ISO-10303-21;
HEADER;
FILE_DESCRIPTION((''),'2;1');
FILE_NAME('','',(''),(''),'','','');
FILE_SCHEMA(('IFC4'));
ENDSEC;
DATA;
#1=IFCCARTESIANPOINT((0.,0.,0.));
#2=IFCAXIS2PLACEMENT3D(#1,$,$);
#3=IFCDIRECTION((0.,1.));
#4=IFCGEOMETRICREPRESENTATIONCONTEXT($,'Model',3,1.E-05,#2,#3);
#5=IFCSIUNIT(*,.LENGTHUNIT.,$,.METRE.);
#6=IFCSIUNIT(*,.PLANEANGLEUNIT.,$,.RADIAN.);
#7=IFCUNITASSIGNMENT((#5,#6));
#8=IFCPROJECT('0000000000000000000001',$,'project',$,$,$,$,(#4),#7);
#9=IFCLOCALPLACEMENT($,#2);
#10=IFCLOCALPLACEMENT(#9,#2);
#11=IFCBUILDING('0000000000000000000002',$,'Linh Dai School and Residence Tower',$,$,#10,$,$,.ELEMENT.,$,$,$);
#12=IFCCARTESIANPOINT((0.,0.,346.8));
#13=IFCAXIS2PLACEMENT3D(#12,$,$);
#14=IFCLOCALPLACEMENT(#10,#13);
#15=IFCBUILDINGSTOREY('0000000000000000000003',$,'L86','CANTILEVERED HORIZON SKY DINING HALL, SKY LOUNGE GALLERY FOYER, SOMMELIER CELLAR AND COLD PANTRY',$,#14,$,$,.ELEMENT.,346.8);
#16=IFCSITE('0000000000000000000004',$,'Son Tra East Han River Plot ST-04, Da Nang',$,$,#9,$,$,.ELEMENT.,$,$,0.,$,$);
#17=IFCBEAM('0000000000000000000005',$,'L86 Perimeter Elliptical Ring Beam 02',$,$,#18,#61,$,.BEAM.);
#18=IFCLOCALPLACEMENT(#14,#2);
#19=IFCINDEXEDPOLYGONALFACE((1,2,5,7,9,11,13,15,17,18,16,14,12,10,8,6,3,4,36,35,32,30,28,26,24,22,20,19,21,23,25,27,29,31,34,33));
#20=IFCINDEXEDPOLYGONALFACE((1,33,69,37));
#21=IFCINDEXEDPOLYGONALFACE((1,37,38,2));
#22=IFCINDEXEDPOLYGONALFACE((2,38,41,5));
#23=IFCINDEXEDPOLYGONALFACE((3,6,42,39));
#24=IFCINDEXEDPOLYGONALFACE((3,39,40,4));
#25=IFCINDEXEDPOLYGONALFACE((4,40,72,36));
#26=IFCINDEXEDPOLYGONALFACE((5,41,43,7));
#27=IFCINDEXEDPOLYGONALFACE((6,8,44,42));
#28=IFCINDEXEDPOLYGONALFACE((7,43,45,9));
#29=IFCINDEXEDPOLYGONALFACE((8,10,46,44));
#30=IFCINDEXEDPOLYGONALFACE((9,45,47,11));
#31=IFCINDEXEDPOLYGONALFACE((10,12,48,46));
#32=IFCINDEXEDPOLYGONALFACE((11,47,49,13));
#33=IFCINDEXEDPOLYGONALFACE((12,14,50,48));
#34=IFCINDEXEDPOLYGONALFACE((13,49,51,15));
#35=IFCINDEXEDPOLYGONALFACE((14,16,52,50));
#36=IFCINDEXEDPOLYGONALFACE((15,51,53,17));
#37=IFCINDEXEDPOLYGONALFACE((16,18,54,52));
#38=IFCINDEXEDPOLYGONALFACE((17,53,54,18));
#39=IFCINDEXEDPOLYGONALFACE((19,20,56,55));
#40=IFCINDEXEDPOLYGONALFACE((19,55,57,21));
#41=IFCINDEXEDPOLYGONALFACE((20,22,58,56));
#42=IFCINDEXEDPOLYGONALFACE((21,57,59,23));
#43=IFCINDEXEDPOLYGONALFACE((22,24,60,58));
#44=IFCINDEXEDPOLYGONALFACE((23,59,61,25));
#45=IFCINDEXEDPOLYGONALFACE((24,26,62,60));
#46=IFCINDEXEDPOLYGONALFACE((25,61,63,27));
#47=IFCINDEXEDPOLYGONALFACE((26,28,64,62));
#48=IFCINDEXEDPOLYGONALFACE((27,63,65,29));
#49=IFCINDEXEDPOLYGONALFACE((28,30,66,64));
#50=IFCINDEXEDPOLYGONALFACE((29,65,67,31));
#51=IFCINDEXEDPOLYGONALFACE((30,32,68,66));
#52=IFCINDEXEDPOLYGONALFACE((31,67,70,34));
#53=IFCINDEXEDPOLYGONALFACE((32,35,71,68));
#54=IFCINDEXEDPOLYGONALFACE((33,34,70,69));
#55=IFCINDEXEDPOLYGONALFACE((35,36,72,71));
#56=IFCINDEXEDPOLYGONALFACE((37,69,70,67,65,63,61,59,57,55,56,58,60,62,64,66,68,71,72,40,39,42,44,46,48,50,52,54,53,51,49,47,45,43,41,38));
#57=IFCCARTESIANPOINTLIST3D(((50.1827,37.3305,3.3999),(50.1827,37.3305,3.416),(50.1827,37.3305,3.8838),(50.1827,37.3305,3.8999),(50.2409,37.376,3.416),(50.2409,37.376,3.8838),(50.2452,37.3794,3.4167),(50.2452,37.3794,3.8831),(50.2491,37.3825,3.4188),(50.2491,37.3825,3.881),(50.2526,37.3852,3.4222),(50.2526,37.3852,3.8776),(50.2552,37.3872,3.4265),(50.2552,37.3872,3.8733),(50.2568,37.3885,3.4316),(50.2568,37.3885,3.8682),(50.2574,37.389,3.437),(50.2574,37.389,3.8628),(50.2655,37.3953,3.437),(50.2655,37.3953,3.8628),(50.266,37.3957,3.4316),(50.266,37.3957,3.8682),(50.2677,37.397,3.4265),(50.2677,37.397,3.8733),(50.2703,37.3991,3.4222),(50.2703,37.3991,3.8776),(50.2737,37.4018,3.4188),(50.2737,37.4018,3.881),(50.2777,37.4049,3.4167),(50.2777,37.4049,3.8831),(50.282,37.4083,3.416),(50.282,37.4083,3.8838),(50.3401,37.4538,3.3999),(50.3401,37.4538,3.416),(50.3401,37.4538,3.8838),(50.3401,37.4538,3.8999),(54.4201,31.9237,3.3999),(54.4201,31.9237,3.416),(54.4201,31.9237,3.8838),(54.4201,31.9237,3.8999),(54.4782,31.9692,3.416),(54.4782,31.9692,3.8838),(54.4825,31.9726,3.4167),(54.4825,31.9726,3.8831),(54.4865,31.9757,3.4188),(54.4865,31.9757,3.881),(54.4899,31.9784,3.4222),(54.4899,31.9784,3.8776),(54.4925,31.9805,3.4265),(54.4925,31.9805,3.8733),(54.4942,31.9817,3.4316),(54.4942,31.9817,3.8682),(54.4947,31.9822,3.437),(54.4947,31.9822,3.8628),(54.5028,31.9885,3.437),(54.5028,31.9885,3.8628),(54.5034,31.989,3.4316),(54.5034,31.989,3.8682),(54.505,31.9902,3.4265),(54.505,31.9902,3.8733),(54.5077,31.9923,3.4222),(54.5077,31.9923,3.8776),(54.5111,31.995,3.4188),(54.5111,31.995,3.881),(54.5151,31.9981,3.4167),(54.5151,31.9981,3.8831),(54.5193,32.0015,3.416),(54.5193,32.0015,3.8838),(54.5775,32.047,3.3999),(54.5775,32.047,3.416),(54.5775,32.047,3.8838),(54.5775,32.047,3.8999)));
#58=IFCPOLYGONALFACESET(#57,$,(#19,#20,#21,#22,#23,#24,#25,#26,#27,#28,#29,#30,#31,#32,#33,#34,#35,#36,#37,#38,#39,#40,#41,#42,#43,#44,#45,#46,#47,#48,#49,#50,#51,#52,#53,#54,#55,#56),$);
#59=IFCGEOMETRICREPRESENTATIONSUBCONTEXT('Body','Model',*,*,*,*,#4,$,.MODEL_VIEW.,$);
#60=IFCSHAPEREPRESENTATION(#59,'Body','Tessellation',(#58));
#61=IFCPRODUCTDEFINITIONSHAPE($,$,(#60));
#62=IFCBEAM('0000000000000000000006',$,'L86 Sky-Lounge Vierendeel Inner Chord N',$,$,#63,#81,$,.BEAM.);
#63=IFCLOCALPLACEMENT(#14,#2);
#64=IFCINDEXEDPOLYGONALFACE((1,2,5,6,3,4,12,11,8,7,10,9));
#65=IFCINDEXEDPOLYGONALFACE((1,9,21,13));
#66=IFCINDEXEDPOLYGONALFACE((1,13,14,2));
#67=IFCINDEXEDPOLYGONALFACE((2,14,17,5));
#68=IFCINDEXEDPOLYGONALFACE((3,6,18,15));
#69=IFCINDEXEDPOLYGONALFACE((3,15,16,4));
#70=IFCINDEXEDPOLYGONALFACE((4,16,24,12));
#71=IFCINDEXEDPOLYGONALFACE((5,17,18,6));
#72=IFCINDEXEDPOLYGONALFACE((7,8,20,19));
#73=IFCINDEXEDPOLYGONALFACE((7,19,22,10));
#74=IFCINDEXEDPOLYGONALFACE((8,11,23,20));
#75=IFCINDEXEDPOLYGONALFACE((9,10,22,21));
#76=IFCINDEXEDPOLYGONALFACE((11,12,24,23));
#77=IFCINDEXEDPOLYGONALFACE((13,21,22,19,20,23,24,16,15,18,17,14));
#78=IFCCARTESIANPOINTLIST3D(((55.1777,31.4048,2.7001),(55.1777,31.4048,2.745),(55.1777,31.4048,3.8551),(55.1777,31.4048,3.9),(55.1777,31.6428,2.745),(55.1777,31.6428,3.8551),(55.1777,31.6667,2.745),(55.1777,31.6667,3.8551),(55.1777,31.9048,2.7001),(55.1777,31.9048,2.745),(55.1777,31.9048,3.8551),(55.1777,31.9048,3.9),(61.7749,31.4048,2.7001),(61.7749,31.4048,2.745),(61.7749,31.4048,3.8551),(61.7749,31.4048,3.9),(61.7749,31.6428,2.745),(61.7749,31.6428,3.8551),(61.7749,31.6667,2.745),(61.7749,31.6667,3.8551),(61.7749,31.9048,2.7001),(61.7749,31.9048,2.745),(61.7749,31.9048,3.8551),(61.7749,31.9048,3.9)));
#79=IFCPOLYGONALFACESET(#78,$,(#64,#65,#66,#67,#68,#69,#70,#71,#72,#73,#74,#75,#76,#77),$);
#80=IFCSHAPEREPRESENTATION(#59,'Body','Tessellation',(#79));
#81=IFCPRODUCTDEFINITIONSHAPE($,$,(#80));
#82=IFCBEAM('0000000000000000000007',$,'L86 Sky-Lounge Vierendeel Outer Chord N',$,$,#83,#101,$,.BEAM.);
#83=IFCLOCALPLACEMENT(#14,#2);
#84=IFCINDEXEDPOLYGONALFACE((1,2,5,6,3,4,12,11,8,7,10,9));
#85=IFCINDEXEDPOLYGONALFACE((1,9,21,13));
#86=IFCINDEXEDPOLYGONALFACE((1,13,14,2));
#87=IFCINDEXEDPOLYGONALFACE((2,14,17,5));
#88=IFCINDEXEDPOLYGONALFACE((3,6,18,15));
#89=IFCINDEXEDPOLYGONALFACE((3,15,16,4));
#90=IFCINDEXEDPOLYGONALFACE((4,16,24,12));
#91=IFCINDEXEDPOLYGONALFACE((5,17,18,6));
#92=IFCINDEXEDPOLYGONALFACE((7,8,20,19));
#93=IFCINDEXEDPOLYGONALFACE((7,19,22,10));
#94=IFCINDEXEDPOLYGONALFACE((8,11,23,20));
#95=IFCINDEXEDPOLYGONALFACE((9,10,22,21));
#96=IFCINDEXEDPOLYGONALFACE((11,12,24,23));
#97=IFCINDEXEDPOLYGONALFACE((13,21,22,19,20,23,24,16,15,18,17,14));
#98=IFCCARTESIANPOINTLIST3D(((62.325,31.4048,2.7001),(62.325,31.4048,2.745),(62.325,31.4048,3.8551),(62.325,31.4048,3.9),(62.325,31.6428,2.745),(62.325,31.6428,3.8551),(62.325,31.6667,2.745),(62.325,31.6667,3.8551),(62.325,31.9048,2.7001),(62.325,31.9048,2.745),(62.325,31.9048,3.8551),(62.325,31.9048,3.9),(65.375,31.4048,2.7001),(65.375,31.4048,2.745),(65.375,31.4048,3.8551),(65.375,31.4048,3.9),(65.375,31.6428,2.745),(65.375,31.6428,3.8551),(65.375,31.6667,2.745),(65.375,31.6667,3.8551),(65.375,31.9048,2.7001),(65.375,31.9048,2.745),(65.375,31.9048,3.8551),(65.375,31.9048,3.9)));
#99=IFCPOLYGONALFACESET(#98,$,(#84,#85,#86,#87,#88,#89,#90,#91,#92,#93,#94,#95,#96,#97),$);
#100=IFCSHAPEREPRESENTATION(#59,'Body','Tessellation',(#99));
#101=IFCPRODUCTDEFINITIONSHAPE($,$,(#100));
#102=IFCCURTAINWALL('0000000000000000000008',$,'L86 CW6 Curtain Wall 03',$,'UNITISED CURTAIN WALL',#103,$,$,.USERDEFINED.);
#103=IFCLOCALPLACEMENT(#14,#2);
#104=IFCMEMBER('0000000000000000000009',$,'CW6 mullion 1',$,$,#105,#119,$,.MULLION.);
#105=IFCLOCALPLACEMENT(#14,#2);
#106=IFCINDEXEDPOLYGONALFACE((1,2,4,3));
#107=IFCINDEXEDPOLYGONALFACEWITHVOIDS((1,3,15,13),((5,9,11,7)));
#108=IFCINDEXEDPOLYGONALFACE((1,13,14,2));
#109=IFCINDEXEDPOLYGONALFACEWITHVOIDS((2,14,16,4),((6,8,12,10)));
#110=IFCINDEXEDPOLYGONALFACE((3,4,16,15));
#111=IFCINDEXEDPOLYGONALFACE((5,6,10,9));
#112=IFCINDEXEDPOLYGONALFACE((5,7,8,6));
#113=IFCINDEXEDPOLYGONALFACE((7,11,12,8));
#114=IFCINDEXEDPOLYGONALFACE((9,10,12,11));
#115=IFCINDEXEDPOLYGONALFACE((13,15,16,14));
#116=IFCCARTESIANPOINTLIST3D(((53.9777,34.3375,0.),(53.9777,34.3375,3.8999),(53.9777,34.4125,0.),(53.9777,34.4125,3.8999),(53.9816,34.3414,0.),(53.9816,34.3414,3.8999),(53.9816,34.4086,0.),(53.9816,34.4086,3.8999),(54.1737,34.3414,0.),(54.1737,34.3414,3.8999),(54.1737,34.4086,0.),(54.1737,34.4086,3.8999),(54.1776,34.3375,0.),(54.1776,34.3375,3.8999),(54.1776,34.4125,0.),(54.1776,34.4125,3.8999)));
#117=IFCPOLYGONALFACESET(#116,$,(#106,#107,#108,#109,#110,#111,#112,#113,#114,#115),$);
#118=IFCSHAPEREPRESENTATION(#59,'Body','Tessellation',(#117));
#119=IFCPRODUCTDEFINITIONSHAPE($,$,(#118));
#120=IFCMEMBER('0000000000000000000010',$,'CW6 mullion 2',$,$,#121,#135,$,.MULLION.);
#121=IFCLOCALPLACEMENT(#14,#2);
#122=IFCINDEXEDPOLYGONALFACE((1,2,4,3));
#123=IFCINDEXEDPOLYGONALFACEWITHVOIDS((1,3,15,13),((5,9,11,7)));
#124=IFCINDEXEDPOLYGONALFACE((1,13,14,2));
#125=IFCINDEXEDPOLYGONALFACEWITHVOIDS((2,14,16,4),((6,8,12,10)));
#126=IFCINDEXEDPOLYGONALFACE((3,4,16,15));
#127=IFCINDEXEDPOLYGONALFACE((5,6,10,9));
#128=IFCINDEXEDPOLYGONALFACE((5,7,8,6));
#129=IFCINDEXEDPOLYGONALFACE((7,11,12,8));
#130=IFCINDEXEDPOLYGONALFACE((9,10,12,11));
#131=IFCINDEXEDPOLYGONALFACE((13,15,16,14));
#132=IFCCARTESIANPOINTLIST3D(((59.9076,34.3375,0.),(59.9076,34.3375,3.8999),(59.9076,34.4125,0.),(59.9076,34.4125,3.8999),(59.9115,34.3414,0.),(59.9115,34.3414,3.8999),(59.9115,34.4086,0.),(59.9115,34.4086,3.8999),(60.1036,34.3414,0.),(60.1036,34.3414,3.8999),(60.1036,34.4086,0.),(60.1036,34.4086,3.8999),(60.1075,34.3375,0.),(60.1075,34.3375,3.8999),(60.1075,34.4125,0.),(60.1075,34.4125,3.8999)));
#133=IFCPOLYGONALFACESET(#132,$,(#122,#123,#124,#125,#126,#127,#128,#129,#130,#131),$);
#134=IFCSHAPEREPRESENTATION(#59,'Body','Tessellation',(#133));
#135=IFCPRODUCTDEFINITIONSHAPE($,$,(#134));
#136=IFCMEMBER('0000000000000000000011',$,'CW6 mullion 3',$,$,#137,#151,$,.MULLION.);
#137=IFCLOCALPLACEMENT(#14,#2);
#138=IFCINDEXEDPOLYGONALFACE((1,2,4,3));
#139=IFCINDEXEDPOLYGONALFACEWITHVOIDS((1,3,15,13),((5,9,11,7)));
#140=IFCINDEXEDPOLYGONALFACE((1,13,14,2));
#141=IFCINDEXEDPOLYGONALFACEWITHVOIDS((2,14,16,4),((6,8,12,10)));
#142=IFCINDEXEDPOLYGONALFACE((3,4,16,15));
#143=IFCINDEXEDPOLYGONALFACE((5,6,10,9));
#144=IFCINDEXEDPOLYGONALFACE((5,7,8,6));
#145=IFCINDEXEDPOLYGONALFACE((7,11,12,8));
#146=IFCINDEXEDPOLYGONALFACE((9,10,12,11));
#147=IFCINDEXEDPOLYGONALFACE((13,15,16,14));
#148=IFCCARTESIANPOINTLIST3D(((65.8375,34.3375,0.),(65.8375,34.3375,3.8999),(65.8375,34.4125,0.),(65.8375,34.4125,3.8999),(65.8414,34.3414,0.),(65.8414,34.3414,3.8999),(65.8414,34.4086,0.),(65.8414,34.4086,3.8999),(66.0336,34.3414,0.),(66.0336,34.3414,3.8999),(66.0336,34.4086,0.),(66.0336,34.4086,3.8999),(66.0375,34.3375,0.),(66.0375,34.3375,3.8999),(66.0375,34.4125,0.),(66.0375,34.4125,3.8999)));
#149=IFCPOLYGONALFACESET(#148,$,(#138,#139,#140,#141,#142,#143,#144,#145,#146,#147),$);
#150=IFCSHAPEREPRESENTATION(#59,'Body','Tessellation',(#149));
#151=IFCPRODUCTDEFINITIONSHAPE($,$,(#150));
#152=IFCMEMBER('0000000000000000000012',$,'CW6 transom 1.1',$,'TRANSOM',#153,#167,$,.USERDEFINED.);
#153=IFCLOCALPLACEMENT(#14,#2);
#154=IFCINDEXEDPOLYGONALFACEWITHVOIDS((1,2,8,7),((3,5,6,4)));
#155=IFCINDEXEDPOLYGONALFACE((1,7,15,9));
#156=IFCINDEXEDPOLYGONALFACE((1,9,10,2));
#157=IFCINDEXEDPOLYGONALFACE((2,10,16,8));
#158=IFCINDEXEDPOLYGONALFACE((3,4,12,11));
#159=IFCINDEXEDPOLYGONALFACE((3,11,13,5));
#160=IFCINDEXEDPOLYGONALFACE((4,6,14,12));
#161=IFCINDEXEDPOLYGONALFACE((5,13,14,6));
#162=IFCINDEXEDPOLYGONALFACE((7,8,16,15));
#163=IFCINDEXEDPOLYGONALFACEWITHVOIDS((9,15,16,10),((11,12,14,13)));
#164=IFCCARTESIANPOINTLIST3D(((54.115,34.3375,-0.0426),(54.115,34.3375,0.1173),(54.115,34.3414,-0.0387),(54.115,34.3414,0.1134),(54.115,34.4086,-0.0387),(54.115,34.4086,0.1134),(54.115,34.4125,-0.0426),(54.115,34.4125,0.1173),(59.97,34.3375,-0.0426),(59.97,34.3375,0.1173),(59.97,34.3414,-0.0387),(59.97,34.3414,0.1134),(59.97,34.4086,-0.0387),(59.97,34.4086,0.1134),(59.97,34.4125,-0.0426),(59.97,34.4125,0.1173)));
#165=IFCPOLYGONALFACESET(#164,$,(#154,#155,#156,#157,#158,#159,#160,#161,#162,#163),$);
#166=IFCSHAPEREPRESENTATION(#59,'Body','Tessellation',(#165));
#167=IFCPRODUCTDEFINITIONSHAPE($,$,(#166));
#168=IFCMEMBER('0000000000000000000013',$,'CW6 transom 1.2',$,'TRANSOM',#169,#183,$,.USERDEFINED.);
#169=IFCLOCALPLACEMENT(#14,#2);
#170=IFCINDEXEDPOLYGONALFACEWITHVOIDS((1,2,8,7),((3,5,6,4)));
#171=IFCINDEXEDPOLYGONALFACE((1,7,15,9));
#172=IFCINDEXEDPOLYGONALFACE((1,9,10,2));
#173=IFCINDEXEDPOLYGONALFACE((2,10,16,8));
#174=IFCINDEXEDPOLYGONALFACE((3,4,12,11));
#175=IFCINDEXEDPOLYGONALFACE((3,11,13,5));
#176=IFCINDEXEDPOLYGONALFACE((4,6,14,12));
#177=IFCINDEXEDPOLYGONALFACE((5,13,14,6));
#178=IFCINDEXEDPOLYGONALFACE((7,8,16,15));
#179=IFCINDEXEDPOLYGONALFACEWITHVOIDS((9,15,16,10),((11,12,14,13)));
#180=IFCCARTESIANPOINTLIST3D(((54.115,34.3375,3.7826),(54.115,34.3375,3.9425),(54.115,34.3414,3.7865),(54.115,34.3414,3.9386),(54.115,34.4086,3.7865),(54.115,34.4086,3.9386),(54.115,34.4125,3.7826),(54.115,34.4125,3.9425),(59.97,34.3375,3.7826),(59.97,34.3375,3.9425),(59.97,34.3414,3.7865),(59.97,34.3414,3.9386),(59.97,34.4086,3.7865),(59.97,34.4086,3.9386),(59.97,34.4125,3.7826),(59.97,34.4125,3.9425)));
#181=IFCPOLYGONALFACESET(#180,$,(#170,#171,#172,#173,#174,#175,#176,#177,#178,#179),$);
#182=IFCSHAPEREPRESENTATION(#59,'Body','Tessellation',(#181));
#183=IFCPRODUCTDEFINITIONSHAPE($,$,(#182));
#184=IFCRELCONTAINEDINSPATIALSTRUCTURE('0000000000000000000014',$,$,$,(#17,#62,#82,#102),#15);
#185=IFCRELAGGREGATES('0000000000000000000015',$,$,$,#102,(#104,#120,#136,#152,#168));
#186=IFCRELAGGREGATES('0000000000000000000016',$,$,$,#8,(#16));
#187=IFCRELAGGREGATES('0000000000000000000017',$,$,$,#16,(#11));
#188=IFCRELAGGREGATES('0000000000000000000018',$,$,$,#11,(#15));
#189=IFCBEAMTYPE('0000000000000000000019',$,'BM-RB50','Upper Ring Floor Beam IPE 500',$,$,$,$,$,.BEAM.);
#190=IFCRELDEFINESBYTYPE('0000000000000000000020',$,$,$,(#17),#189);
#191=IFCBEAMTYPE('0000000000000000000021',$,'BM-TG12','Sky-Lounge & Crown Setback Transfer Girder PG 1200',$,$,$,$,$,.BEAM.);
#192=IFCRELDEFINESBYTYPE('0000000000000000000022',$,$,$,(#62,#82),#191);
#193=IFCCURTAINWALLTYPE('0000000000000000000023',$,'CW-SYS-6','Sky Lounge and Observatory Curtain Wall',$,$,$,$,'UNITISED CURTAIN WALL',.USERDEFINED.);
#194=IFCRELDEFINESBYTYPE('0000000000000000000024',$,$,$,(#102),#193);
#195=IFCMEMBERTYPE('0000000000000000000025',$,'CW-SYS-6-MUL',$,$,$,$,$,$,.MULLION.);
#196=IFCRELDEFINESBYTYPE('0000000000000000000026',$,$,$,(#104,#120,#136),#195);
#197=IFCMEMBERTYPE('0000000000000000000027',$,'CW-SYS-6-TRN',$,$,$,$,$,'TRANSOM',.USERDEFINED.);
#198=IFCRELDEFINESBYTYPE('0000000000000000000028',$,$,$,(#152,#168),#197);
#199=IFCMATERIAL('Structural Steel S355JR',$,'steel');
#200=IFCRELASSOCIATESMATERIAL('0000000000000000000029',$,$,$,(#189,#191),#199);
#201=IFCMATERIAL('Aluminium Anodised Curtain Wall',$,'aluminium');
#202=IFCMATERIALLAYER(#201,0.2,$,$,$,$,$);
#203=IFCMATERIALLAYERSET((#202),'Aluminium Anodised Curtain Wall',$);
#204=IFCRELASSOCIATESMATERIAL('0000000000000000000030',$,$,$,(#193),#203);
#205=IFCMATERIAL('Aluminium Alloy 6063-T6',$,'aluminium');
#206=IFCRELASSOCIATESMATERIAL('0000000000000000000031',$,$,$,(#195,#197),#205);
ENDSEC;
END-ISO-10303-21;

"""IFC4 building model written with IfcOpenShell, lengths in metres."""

from ifc_helpers import new_model, si_unit, direction, frame, origin, origin_2d, place, context, subcontext, project, spatial, hollow_rectangle, i_section, extrude, source, transform, mapped, material, layer, layer_set, material_profile, profile_set, type_object, element, aggregate, save


model = new_model("IFC4")

# Units and contexts
model_context = context("Model", 3, precision=1e-05, world=origin(), true_north=direction((0.0, 1.0)))
body_context = subcontext(model_context, "Body", "Model", "MODEL_VIEW")
ifc_project = project(units=[si_unit("LENGTHUNIT", "METRE"), si_unit("PLANEANGLEUNIT", "RADIAN")], contexts=[model_context])

# Site, building, storey
site_placement = place(None, origin())
site = spatial("IfcSite", under=ifc_project, at=site_placement, Name="Son Tra East Han River Plot ST-04, Da Nang", CompositionType="ELEMENT", RefElevation=0.0)
building_placement = place(site_placement, origin())
building = spatial("IfcBuilding", under=site, at=building_placement, Name="Linh Dai School and Residence Tower", CompositionType="ELEMENT")
storey_placement = place(building_placement, frame((0.0, 0.0, 346.8)))
storey = spatial("IfcBuildingStorey", under=building, at=storey_placement, Name="L86", Description="CANTILEVERED HORIZON SKY DINING HALL, SKY LOUNGE GALLERY FOYER, SOMMELIER CELLAR AND COLD PANTRY", CompositionType="ELEMENT", Elevation=346.8)

# Shared definitions
ifc_material_1 = material(Name="Structural Steel S355JR", Category="steel")

# Beams
ifc_material_profile_1 = material_profile(ifc_material_1, i_section(OverallWidth=0.2, OverallDepth=0.5, WebThickness=0.0103, FlangeThickness=0.0161, FilletRadius=0.021, at=origin_2d()), Name="IPE 500")
ifc_profile_set_1 = profile_set([ifc_material_profile_1], Name="Structural Steel S355JR")
beam_type_1 = type_object("IfcBeamType", Name="BM-RB50", Description="Upper Ring Floor Beam IPE 500", PredefinedType="BEAM", material=ifc_profile_set_1)
beam_1_placement = place(storey_placement, frame((54.4988, 31.9854, 3.6499), z_axis=(-0.616845, 0.787085, 0.0), x_axis=(-0.787085, -0.616845, 0.0)))
element("IfcBeam", 1, at=beam_1_placement, inside=storey, type_object=beam_type_1, Name="L86 Perimeter Elliptical Ring Beam 02", PredefinedType="BEAM", context=body_context, shape_type="SweptSolid", body=[
    extrude(i_section(OverallWidth=0.2, OverallDepth=0.5, WebThickness=0.0103, FlangeThickness=0.0161, FilletRadius=0.021, at=origin_2d()), origin(), (0.0, 0.0, 1.0), 6.8694),
])
ifc_material_profile_2 = material_profile(ifc_material_1, i_section(OverallWidth=0.5, OverallDepth=1.2, WebThickness=0.0239, FlangeThickness=0.0449, at=origin_2d()), Name="PG 1200x500x24x45")
ifc_profile_set_2 = profile_set([ifc_material_profile_2], Name="Structural Steel S355JR")
beam_type_2 = type_object("IfcBeamType", Name="BM-TG12", Description="Sky-Lounge & Crown Setback Transfer Girder PG 1200", PredefinedType="BEAM", material=ifc_profile_set_2)
beam_2_placement = place(storey_placement, frame((55.1777, 31.6548, 3.3), z_axis=(1.0, 0.0, 0.0), x_axis=(0.0, 1.0, 0.0)))
element("IfcBeam", 2, at=beam_2_placement, inside=storey, type_object=beam_type_2, Name="L86 Sky-Lounge Vierendeel Inner Chord N", PredefinedType="BEAM", context=body_context, shape_type="SweptSolid", body=[
    extrude(i_section(OverallWidth=0.5, OverallDepth=1.2, WebThickness=0.0239, FlangeThickness=0.0449, at=origin_2d()), origin(), (0.0, 0.0, 1.0), 6.5972),
])
beam_3_placement = place(storey_placement, frame((62.325, 31.6548, 3.3), z_axis=(1.0, 0.0, 0.0), x_axis=(0.0, 1.0, 0.0)))
element("IfcBeam", 3, at=beam_3_placement, inside=storey, type_object=beam_type_2, Name="L86 Sky-Lounge Vierendeel Outer Chord N", PredefinedType="BEAM", context=body_context, shape_type="SweptSolid", body=[
    extrude(i_section(OverallWidth=0.5, OverallDepth=1.2, WebThickness=0.0239, FlangeThickness=0.0449, at=origin_2d()), origin(), (0.0, 0.0, 1.0), 3.05),
])

# Curtain wall, members
ifc_material_2 = material(Name="Aluminium Anodised Curtain Wall", Category="aluminium")
ifc_layer_1 = layer(ifc_material_2, 0.2)
ifc_layer_set_1 = layer_set([ifc_layer_1], Name="Aluminium Anodised Curtain Wall")
curtain_wall_type = type_object("IfcCurtainWallType", Name="CW-SYS-6", Description="Sky Lounge and Observatory Curtain Wall", ElementType="UNITISED CURTAIN WALL", PredefinedType="USERDEFINED", material=ifc_layer_set_1)
curtain_wall_placement = place(storey_placement, origin())
curtain_wall = element("IfcCurtainWall", 4, at=curtain_wall_placement, inside=storey, type_object=curtain_wall_type, Name="L86 CW6 Curtain Wall 03", ObjectType="UNITISED CURTAIN WALL", PredefinedType="USERDEFINED")
ifc_material_3 = material(Name="Aluminium Alloy 6063-T6", Category="aluminium")
ifc_material_profile_3 = material_profile(ifc_material_3, hollow_rectangle(XDim=0.075, YDim=0.2, WallThickness=0.0039, at=origin_2d()), Name="RHS 200x75x4")
ifc_profile_set_3 = profile_set([ifc_material_profile_3], Name="Aluminium Alloy 6063-T6")
member_type_1 = type_object("IfcMemberType", Name="CW-SYS-6-MUL", PredefinedType="MULLION", material=ifc_profile_set_3)
shared_shape_1 = source(origin(), body_context, "Body", "SweptSolid", [
    extrude(hollow_rectangle(XDim=0.075, YDim=0.2, WallThickness=0.0039, at=origin_2d()), origin(), (0.0, 0.0, 1.0), 3.8999),
])
member_1_placement = place(storey_placement, frame((54.0776, 34.375, 0.0), z_axis=(0.0, 0.0, 1.0), x_axis=(0.0, 1.0, 0.0)))
member_1 = element("IfcMember", 5, at=member_1_placement, type_object=member_type_1, Name="CW6 mullion 1", PredefinedType="MULLION", context=body_context, shape_type="MappedRepresentation", body=[
    mapped(shared_shape_1, transform((0.0, 0.0, 0.0), x_axis=(1.0, 0.0, 0.0), y_axis=(0.0, 1.0, 0.0), z_axis=(0.0, 0.0, 1.0), scale=1.0)),
])
member_2_placement = place(storey_placement, frame((60.0076, 34.375, 0.0), z_axis=(0.0, 0.0, 1.0), x_axis=(0.0, 1.0, 0.0)))
member_2 = element("IfcMember", 6, at=member_2_placement, type_object=member_type_1, Name="CW6 mullion 2", PredefinedType="MULLION", context=body_context, shape_type="MappedRepresentation", body=[
    mapped(shared_shape_1, transform((0.0, 0.0, 0.0), x_axis=(1.0, 0.0, 0.0), y_axis=(0.0, 1.0, 0.0), z_axis=(0.0, 0.0, 1.0), scale=1.0)),
])
member_3_placement = place(storey_placement, frame((65.9375, 34.375, 0.0), z_axis=(0.0, 0.0, 1.0), x_axis=(0.0, 1.0, 0.0)))
member_3 = element("IfcMember", 7, at=member_3_placement, type_object=member_type_1, Name="CW6 mullion 3", PredefinedType="MULLION", context=body_context, shape_type="MappedRepresentation", body=[
    mapped(shared_shape_1, transform((0.0, 0.0, 0.0), x_axis=(1.0, 0.0, 0.0), y_axis=(0.0, 1.0, 0.0), z_axis=(0.0, 0.0, 1.0), scale=1.0)),
])
ifc_material_profile_4 = material_profile(ifc_material_3, hollow_rectangle(XDim=0.075, YDim=0.1599, WallThickness=0.0039, at=origin_2d()), Name="RHS 160x75x4")
ifc_profile_set_4 = profile_set([ifc_material_profile_4], Name="Aluminium Alloy 6063-T6")
member_type_2 = type_object("IfcMemberType", Name="CW-SYS-6-TRN", ElementType="TRANSOM", PredefinedType="USERDEFINED", material=ifc_profile_set_4)
shared_shape_2 = source(origin(), body_context, "Body", "SweptSolid", [
    extrude(hollow_rectangle(XDim=0.075, YDim=0.1599, WallThickness=0.0039, at=origin_2d()), origin(), (0.0, 0.0, 1.0), 5.855),
])
member_4_placement = place(storey_placement, frame((54.115, 34.375, 0.0374), z_axis=(1.0, 0.0, 0.0), x_axis=(0.0, 1.0, 0.0)))
member_4 = element("IfcMember", 8, at=member_4_placement, type_object=member_type_2, Name="CW6 transom 1.1", ObjectType="TRANSOM", PredefinedType="USERDEFINED", context=body_context, shape_type="MappedRepresentation", body=[
    mapped(shared_shape_2, transform((0.0, 0.0, 0.0), x_axis=(1.0, 0.0, 0.0), y_axis=(0.0, 1.0, 0.0), z_axis=(0.0, 0.0, 1.0), scale=1.0)),
])
member_5_placement = place(storey_placement, frame((54.115, 34.375, 3.8625), z_axis=(1.0, 0.0, 0.0), x_axis=(0.0, 1.0, 0.0)))
member_5 = element("IfcMember", 9, at=member_5_placement, type_object=member_type_2, Name="CW6 transom 1.2", ObjectType="TRANSOM", PredefinedType="USERDEFINED", context=body_context, shape_type="MappedRepresentation", body=[
    mapped(shared_shape_2, transform((0.0, 0.0, 0.0), x_axis=(1.0, 0.0, 0.0), y_axis=(0.0, 1.0, 0.0), z_axis=(0.0, 0.0, 1.0), scale=1.0)),
])

aggregate(curtain_wall, [member_1, member_2, member_3, member_4, member_5])

save(model, "model.ifc")
